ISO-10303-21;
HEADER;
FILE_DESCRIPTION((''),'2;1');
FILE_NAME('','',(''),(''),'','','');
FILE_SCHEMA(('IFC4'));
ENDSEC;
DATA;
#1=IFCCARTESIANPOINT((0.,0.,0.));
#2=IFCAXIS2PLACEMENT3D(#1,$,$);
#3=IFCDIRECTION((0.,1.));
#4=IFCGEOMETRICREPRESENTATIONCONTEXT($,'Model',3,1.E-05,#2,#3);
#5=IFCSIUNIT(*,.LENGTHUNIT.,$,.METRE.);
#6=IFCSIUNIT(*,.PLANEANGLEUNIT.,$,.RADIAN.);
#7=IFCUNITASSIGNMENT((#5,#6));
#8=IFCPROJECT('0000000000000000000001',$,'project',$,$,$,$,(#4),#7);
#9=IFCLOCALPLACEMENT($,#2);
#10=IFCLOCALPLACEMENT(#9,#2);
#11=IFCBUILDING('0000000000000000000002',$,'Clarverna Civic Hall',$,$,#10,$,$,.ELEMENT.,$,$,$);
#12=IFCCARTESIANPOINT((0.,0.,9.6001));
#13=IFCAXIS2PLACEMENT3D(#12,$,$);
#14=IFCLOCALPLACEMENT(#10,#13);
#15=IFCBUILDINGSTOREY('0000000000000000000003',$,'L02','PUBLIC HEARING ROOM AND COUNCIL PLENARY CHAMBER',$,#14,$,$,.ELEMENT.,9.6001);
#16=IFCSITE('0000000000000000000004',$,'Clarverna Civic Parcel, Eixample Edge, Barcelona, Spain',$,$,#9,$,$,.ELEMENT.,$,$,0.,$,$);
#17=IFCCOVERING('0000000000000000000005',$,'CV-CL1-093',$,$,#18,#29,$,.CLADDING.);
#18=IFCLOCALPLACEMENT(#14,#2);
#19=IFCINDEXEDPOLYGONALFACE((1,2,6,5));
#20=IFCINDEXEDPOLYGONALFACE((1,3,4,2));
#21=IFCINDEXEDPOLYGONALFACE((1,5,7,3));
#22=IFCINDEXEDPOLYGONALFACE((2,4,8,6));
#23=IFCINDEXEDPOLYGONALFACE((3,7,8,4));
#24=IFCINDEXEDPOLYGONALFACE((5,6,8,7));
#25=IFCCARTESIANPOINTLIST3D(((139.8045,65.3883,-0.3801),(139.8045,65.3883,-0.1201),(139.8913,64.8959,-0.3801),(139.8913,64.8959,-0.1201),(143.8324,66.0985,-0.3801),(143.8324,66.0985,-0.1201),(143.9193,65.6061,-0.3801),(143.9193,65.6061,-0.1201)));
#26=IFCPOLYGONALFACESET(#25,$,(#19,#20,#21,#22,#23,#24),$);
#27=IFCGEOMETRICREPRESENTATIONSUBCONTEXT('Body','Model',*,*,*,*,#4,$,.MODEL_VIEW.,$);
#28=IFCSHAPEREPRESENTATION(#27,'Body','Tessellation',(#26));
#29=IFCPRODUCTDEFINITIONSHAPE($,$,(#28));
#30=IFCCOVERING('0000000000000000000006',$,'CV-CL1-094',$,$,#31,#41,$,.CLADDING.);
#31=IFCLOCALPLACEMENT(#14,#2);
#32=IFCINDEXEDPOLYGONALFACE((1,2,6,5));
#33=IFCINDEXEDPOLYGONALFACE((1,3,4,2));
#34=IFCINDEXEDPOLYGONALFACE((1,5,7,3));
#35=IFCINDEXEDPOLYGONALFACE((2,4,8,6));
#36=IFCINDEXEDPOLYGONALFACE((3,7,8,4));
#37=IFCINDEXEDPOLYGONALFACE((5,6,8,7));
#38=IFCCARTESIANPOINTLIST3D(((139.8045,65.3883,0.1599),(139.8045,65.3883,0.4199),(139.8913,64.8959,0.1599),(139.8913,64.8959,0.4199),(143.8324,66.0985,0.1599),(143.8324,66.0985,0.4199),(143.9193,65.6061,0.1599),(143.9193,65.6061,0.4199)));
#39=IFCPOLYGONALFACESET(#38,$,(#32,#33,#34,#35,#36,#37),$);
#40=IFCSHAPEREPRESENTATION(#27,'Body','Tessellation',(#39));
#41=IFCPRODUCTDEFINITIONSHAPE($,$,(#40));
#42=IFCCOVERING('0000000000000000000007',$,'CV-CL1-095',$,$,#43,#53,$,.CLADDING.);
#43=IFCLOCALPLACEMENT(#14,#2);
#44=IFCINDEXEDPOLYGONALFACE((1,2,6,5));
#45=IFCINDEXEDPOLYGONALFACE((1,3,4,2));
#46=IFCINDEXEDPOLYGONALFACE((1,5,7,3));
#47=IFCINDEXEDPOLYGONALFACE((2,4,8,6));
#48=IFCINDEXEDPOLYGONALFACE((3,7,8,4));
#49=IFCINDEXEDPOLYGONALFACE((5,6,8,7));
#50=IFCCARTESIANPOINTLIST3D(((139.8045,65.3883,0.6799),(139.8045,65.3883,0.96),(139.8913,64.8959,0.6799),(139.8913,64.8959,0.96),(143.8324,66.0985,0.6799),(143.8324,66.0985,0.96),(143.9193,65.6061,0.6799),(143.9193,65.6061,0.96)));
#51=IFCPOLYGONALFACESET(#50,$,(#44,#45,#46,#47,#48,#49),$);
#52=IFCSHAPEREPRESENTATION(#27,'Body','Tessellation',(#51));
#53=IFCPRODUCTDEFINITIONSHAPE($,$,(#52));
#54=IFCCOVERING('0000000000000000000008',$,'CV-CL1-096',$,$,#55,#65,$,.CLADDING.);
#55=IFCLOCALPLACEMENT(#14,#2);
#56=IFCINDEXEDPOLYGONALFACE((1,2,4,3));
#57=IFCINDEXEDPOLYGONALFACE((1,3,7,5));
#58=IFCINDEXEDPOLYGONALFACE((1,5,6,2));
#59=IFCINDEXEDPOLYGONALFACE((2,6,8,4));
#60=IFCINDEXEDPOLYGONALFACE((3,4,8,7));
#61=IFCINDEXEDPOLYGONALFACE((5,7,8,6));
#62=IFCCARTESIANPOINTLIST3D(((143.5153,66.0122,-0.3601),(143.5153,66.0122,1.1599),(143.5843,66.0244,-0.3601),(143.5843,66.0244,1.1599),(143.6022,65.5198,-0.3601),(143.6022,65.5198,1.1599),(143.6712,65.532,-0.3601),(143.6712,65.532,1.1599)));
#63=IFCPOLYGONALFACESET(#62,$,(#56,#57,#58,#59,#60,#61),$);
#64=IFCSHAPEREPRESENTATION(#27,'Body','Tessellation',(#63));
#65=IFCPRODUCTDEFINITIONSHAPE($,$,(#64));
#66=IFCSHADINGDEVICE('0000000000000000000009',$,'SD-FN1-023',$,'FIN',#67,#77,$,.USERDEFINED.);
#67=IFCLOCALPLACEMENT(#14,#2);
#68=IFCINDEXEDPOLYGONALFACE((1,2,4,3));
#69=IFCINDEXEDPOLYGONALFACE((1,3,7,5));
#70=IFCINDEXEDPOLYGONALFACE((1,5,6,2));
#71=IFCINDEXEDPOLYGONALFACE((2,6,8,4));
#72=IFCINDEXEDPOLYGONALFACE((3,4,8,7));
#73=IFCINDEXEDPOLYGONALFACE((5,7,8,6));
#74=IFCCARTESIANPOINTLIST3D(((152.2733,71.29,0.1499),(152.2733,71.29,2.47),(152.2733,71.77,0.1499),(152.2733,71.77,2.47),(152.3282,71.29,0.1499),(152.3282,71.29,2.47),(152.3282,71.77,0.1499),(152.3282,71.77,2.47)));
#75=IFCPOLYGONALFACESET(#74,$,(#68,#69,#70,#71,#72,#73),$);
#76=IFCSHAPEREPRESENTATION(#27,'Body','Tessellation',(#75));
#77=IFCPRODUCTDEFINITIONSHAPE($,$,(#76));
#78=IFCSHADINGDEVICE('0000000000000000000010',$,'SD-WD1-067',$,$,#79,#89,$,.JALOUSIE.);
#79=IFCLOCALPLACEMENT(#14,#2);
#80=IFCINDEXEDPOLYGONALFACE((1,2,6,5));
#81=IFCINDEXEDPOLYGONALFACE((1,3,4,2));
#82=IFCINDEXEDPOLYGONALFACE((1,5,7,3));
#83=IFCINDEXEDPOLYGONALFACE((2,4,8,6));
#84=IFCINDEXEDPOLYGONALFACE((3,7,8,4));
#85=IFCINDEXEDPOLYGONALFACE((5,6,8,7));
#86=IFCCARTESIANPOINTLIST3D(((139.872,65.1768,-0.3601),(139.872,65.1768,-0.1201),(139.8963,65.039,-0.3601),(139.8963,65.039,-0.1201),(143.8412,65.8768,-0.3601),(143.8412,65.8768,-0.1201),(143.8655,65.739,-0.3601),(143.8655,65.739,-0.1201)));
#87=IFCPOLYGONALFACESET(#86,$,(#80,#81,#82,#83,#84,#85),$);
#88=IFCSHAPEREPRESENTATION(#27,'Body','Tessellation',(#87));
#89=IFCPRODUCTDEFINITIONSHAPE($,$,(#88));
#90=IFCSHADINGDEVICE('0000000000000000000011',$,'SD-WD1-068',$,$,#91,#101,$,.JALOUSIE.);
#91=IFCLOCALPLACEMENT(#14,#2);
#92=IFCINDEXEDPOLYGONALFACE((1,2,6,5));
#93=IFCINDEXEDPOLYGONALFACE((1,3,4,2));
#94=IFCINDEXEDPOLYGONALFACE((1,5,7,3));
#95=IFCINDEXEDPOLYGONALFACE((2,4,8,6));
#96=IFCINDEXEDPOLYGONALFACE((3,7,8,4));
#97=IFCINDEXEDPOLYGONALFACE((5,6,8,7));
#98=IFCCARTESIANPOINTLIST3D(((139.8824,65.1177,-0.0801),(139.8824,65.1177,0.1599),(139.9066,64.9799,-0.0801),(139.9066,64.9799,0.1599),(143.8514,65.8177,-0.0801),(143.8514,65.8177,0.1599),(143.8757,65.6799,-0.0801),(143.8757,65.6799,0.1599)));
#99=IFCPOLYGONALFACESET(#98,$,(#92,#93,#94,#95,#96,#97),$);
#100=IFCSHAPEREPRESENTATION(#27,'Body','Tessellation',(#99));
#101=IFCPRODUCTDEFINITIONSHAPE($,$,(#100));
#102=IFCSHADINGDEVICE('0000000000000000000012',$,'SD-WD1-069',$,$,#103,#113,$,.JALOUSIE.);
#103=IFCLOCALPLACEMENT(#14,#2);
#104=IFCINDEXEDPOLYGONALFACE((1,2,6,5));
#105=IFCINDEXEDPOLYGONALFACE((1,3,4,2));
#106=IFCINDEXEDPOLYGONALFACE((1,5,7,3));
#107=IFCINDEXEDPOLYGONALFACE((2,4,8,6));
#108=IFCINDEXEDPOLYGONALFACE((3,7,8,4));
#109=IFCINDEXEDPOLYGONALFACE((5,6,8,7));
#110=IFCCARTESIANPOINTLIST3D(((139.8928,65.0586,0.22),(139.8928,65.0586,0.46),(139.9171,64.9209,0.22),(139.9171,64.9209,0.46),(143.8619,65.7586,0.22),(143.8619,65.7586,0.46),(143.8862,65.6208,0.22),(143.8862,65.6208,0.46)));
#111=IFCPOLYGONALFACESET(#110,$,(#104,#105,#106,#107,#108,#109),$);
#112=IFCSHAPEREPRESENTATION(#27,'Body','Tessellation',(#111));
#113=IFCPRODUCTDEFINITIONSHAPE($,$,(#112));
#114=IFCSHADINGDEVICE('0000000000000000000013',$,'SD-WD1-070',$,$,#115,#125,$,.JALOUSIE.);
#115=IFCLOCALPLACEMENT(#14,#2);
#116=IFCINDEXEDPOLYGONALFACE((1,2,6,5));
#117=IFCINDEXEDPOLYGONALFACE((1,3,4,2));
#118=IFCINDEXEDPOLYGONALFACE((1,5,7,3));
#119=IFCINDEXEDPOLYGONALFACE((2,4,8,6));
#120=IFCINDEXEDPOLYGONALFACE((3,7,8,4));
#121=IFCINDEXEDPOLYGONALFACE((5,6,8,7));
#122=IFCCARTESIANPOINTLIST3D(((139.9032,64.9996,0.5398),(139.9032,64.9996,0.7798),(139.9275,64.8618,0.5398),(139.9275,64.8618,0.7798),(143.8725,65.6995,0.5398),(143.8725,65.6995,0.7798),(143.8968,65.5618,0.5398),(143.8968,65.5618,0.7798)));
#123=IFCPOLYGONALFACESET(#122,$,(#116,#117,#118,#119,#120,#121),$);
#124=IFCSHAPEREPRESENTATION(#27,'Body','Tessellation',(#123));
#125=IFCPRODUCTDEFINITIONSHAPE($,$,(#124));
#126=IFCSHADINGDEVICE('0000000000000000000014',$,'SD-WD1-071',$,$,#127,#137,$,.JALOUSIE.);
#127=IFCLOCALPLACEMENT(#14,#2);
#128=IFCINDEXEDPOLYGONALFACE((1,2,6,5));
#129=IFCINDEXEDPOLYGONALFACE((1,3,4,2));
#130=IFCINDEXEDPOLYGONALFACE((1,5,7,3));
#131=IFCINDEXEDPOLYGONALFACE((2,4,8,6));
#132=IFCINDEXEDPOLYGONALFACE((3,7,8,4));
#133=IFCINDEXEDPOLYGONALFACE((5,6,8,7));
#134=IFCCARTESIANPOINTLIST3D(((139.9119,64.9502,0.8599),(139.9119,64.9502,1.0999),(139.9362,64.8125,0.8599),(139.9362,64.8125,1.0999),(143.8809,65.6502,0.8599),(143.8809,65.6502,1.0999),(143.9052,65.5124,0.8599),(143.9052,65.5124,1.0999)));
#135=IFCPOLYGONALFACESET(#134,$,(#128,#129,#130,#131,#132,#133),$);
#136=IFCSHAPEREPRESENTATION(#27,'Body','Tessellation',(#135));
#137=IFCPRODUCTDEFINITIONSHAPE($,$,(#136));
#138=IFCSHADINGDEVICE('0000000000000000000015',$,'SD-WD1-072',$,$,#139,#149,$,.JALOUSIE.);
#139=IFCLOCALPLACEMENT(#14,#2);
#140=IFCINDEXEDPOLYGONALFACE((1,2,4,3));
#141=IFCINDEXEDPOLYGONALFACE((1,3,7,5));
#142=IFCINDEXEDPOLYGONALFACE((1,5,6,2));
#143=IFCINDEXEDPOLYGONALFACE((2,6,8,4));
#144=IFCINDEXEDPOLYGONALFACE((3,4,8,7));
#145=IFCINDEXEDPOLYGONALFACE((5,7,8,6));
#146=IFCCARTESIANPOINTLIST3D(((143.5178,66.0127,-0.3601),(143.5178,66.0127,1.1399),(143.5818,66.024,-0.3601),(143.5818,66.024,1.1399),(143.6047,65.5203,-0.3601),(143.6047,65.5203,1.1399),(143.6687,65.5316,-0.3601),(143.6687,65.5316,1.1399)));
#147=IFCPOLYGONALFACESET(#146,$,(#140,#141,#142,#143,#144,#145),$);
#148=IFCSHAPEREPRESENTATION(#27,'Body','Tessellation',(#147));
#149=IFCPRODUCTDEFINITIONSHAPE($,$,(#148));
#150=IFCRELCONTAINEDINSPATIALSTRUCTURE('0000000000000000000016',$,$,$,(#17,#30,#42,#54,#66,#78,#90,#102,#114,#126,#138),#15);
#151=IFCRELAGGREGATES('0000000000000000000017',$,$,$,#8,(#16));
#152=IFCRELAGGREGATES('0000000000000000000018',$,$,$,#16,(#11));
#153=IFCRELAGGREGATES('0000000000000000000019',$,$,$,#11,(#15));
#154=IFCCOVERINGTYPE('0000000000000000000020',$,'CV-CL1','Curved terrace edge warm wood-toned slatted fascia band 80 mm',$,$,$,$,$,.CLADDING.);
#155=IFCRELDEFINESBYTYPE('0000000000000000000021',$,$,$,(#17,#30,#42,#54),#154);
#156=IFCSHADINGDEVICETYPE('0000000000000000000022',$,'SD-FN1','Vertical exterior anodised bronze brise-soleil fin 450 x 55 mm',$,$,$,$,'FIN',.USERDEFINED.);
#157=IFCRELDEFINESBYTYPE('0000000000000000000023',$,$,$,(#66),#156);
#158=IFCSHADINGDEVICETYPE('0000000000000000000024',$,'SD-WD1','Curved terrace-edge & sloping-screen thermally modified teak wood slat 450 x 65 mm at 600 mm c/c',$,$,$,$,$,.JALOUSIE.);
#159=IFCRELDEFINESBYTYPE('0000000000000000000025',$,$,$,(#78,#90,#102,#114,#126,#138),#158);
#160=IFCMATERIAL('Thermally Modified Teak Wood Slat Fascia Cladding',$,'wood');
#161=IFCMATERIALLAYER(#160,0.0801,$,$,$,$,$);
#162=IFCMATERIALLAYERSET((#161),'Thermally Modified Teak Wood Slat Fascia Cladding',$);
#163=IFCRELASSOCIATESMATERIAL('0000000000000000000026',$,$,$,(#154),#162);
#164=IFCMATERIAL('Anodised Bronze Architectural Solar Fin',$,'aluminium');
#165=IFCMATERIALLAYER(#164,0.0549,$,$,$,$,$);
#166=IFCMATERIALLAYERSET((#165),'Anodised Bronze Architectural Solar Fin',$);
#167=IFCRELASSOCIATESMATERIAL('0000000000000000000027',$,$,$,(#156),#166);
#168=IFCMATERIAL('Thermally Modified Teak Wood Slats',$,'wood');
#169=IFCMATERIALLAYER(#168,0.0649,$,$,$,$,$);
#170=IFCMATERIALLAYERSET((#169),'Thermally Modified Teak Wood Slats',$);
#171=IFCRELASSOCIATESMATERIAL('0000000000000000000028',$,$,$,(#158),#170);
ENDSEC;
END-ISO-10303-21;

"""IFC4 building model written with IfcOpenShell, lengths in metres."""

from ifc_helpers import new_model, si_unit, direction, frame, frame_2d, origin, place, context, subcontext, project, spatial, rectangle, extrude, material, layer, layer_set, type_object, element, save


model = new_model("IFC4")

# Units and contexts
model_context = context("Model", 3, precision=1e-05, world=origin(), true_north=direction((0.0, 1.0)))
body_context = subcontext(model_context, "Body", "Model", "MODEL_VIEW")
ifc_project = project(units=[si_unit("LENGTHUNIT", "METRE"), si_unit("PLANEANGLEUNIT", "RADIAN")], contexts=[model_context])

# Site, building, storey
site_placement = place(None, origin())
site = spatial("IfcSite", under=ifc_project, at=site_placement, Name="Clarverna Civic Parcel, Eixample Edge, Barcelona, Spain", CompositionType="ELEMENT", RefElevation=0.0)
building_placement = place(site_placement, origin())
building = spatial("IfcBuilding", under=site, at=building_placement, Name="Clarverna Civic Hall", CompositionType="ELEMENT")
storey_placement = place(building_placement, frame((0.0, 0.0, 9.6001)))
storey = spatial("IfcBuildingStorey", under=building, at=storey_placement, Name="L02", Description="PUBLIC HEARING ROOM AND COUNCIL PLENARY CHAMBER", CompositionType="ELEMENT", Elevation=9.6001)

# Coverings
ifc_material_1 = material(Name="Thermally Modified Teak Wood Slat Fascia Cladding", Category="wood")
ifc_layer_1 = layer(ifc_material_1, 0.0801)
ifc_layer_set_1 = layer_set([ifc_layer_1], Name="Thermally Modified Teak Wood Slat Fascia Cladding")
covering_type = type_object("IfcCoveringType", Name="CV-CL1", Description="Curved terrace edge warm wood-toned slatted fascia band 80 mm", PredefinedType="CLADDING", material=ifc_layer_set_1)
for number, where, z_axis, x_axis, name in (
    (1, (143.8757, 65.8523, -0.3801), (0.0, 0.0, 1.0), (-0.98481, -0.173636, 0.0), "CV-CL1-093"),
    (2, (143.8757, 65.8523, 0.1599), (0.0, 0.0, 1.0), (-0.98481, -0.173636, 0.0), "CV-CL1-094"),
):
    element("IfcCovering", number, at=place(storey_placement, frame(where, z_axis=z_axis, x_axis=x_axis)), inside=storey, type_object=covering_type, Name=name, PredefinedType="CLADDING", context=body_context, shape_type="SweptSolid", body=[
        extrude(rectangle(XDim=4.0901, YDim=0.5, at=frame_2d((2.0449, 0.0))), origin(), (0.0, 0.0, 1.0), 0.26),
    ])
covering_1_placement = place(storey_placement, frame((143.8757, 65.8523, 0.6799), z_axis=(0.0, 0.0, 1.0), x_axis=(-0.98481, -0.173636, 0.0)))
element("IfcCovering", 3, at=covering_1_placement, inside=storey, type_object=covering_type, Name="CV-CL1-095", PredefinedType="CLADDING", context=body_context, shape_type="SweptSolid", body=[
    extrude(rectangle(XDim=4.0901, YDim=0.5, at=frame_2d((2.0449, 0.0))), origin(), (0.0, 0.0, 1.0), 0.28),
])
covering_2_placement = place(storey_placement, frame((143.5498, 66.0183, -0.3601), z_axis=(0.0, 0.0, 1.0), x_axis=(0.173813, -0.984779, 0.0)))
element("IfcCovering", 4, at=covering_2_placement, inside=storey, type_object=covering_type, Name="CV-CL1-096", PredefinedType="CLADDING", context=body_context, shape_type="SweptSolid", body=[
    extrude(rectangle(XDim=0.5, YDim=0.0701, at=frame_2d((0.25, 0.0))), origin(), (0.0, 0.0, 1.0), 1.52),
])

# Shading devices
ifc_material_2 = material(Name="Anodised Bronze Architectural Solar Fin", Category="aluminium")
ifc_layer_2 = layer(ifc_material_2, 0.0549)
ifc_layer_set_2 = layer_set([ifc_layer_2], Name="Anodised Bronze Architectural Solar Fin")
shading_device_type_1 = type_object("IfcShadingDeviceType", Name="SD-FN1", Description="Vertical exterior anodised bronze brise-soleil fin 450 x 55 mm", ElementType="FIN", PredefinedType="USERDEFINED", material=ifc_layer_set_2)
shading_device_1_placement = place(storey_placement, frame((152.3008, 71.77, 0.1499), z_axis=(0.0, 0.0, 1.0), x_axis=(0.0, -1.0, 0.0)))
element("IfcShadingDevice", 5, at=shading_device_1_placement, inside=storey, type_object=shading_device_type_1, Name="SD-FN1-023", ObjectType="FIN", PredefinedType="USERDEFINED", context=body_context, shape_type="SweptSolid", body=[
    extrude(rectangle(XDim=0.48, YDim=0.0549, at=frame_2d((0.24, 0.0))), origin(), (0.0, 0.0, 1.0), 2.3201),
])
ifc_material_3 = material(Name="Thermally Modified Teak Wood Slats", Category="wood")
ifc_layer_3 = layer(ifc_material_3, 0.0649)
ifc_layer_set_3 = layer_set([ifc_layer_3], Name="Thermally Modified Teak Wood Slats")
shading_device_type_2 = type_object("IfcShadingDeviceType", Name="SD-WD1", Description="Curved terrace-edge & sloping-screen thermally modified teak wood slat 450 x 65 mm at 600 mm c/c", PredefinedType="JALOUSIE", material=ifc_layer_set_3)
shading_device_2_placement = place(storey_placement, frame((143.8533, 65.8079, -0.3601), z_axis=(0.0, 0.0, 1.0), x_axis=(-0.984805, -0.173664, 0.0)))
element("IfcShadingDevice", 6, at=shading_device_2_placement, inside=storey, type_object=shading_device_type_2, Name="SD-WD1-067", PredefinedType="JALOUSIE", context=body_context, shape_type="SweptSolid", body=[
    extrude(rectangle(XDim=4.0305, YDim=0.1399, at=frame_2d((2.0151, 0.0))), origin(), (0.0, 0.0, 1.0), 0.24),
])
for number, where, z_axis, x_axis, name in (
    (7, (143.8635, 65.7488, -0.0801), (0.0, 0.0, 1.0), (-0.984803, -0.173675, 0.0), "SD-WD1-068"),
    (8, (143.874, 65.6897, 0.22), (0.0, 0.0, 1.0), (-0.984803, -0.173675, 0.0), "SD-WD1-069"),
):
    element("IfcShadingDevice", number, at=place(storey_placement, frame(where, z_axis=z_axis, x_axis=x_axis)), inside=storey, type_object=shading_device_type_2, Name=name, PredefinedType="JALOUSIE", context=body_context, shape_type="SweptSolid", body=[
        extrude(rectangle(XDim=4.0303, YDim=0.1399, at=frame_2d((2.0151, 0.0))), origin(), (0.0, 0.0, 1.0), 0.24),
    ])
shading_device_3_placement = place(storey_placement, frame((143.8845, 65.6306, 0.5398), z_axis=(0.0, 0.0, 1.0), x_axis=(-0.984805, -0.173664, 0.0)))
element("IfcShadingDevice", 9, at=shading_device_3_placement, inside=storey, type_object=shading_device_type_2, Name="SD-WD1-070", PredefinedType="JALOUSIE", context=body_context, shape_type="SweptSolid", body=[
    extrude(rectangle(XDim=4.0305, YDim=0.1399, at=frame_2d((2.0151, 0.0))), origin(), (0.0, 0.0, 1.0), 0.24),
])
shading_device_4_placement = place(storey_placement, frame((143.8931, 65.5813, 0.8599), z_axis=(0.0, 0.0, 1.0), x_axis=(-0.984803, -0.173675, 0.0)))
element("IfcShadingDevice", 10, at=shading_device_4_placement, inside=storey, type_object=shading_device_type_2, Name="SD-WD1-071", PredefinedType="JALOUSIE", context=body_context, shape_type="SweptSolid", body=[
    extrude(rectangle(XDim=4.0303, YDim=0.1399, at=frame_2d((2.0151, 0.0))), origin(), (0.0, 0.0, 1.0), 0.24),
])
shading_device_5_placement = place(storey_placement, frame((143.5498, 66.0183, -0.3601), z_axis=(0.0, 0.0, 1.0), x_axis=(0.173813, -0.984779, 0.0)))
element("IfcShadingDevice", 11, at=shading_device_5_placement, inside=storey, type_object=shading_device_type_2, Name="SD-WD1-072", PredefinedType="JALOUSIE", context=body_context, shape_type="SweptSolid", body=[
    extrude(rectangle(XDim=0.5, YDim=0.0649, at=frame_2d((0.25, 0.0))), origin(), (0.0, 0.0, 1.0), 1.5),
])

save(model, "model.ifc")
